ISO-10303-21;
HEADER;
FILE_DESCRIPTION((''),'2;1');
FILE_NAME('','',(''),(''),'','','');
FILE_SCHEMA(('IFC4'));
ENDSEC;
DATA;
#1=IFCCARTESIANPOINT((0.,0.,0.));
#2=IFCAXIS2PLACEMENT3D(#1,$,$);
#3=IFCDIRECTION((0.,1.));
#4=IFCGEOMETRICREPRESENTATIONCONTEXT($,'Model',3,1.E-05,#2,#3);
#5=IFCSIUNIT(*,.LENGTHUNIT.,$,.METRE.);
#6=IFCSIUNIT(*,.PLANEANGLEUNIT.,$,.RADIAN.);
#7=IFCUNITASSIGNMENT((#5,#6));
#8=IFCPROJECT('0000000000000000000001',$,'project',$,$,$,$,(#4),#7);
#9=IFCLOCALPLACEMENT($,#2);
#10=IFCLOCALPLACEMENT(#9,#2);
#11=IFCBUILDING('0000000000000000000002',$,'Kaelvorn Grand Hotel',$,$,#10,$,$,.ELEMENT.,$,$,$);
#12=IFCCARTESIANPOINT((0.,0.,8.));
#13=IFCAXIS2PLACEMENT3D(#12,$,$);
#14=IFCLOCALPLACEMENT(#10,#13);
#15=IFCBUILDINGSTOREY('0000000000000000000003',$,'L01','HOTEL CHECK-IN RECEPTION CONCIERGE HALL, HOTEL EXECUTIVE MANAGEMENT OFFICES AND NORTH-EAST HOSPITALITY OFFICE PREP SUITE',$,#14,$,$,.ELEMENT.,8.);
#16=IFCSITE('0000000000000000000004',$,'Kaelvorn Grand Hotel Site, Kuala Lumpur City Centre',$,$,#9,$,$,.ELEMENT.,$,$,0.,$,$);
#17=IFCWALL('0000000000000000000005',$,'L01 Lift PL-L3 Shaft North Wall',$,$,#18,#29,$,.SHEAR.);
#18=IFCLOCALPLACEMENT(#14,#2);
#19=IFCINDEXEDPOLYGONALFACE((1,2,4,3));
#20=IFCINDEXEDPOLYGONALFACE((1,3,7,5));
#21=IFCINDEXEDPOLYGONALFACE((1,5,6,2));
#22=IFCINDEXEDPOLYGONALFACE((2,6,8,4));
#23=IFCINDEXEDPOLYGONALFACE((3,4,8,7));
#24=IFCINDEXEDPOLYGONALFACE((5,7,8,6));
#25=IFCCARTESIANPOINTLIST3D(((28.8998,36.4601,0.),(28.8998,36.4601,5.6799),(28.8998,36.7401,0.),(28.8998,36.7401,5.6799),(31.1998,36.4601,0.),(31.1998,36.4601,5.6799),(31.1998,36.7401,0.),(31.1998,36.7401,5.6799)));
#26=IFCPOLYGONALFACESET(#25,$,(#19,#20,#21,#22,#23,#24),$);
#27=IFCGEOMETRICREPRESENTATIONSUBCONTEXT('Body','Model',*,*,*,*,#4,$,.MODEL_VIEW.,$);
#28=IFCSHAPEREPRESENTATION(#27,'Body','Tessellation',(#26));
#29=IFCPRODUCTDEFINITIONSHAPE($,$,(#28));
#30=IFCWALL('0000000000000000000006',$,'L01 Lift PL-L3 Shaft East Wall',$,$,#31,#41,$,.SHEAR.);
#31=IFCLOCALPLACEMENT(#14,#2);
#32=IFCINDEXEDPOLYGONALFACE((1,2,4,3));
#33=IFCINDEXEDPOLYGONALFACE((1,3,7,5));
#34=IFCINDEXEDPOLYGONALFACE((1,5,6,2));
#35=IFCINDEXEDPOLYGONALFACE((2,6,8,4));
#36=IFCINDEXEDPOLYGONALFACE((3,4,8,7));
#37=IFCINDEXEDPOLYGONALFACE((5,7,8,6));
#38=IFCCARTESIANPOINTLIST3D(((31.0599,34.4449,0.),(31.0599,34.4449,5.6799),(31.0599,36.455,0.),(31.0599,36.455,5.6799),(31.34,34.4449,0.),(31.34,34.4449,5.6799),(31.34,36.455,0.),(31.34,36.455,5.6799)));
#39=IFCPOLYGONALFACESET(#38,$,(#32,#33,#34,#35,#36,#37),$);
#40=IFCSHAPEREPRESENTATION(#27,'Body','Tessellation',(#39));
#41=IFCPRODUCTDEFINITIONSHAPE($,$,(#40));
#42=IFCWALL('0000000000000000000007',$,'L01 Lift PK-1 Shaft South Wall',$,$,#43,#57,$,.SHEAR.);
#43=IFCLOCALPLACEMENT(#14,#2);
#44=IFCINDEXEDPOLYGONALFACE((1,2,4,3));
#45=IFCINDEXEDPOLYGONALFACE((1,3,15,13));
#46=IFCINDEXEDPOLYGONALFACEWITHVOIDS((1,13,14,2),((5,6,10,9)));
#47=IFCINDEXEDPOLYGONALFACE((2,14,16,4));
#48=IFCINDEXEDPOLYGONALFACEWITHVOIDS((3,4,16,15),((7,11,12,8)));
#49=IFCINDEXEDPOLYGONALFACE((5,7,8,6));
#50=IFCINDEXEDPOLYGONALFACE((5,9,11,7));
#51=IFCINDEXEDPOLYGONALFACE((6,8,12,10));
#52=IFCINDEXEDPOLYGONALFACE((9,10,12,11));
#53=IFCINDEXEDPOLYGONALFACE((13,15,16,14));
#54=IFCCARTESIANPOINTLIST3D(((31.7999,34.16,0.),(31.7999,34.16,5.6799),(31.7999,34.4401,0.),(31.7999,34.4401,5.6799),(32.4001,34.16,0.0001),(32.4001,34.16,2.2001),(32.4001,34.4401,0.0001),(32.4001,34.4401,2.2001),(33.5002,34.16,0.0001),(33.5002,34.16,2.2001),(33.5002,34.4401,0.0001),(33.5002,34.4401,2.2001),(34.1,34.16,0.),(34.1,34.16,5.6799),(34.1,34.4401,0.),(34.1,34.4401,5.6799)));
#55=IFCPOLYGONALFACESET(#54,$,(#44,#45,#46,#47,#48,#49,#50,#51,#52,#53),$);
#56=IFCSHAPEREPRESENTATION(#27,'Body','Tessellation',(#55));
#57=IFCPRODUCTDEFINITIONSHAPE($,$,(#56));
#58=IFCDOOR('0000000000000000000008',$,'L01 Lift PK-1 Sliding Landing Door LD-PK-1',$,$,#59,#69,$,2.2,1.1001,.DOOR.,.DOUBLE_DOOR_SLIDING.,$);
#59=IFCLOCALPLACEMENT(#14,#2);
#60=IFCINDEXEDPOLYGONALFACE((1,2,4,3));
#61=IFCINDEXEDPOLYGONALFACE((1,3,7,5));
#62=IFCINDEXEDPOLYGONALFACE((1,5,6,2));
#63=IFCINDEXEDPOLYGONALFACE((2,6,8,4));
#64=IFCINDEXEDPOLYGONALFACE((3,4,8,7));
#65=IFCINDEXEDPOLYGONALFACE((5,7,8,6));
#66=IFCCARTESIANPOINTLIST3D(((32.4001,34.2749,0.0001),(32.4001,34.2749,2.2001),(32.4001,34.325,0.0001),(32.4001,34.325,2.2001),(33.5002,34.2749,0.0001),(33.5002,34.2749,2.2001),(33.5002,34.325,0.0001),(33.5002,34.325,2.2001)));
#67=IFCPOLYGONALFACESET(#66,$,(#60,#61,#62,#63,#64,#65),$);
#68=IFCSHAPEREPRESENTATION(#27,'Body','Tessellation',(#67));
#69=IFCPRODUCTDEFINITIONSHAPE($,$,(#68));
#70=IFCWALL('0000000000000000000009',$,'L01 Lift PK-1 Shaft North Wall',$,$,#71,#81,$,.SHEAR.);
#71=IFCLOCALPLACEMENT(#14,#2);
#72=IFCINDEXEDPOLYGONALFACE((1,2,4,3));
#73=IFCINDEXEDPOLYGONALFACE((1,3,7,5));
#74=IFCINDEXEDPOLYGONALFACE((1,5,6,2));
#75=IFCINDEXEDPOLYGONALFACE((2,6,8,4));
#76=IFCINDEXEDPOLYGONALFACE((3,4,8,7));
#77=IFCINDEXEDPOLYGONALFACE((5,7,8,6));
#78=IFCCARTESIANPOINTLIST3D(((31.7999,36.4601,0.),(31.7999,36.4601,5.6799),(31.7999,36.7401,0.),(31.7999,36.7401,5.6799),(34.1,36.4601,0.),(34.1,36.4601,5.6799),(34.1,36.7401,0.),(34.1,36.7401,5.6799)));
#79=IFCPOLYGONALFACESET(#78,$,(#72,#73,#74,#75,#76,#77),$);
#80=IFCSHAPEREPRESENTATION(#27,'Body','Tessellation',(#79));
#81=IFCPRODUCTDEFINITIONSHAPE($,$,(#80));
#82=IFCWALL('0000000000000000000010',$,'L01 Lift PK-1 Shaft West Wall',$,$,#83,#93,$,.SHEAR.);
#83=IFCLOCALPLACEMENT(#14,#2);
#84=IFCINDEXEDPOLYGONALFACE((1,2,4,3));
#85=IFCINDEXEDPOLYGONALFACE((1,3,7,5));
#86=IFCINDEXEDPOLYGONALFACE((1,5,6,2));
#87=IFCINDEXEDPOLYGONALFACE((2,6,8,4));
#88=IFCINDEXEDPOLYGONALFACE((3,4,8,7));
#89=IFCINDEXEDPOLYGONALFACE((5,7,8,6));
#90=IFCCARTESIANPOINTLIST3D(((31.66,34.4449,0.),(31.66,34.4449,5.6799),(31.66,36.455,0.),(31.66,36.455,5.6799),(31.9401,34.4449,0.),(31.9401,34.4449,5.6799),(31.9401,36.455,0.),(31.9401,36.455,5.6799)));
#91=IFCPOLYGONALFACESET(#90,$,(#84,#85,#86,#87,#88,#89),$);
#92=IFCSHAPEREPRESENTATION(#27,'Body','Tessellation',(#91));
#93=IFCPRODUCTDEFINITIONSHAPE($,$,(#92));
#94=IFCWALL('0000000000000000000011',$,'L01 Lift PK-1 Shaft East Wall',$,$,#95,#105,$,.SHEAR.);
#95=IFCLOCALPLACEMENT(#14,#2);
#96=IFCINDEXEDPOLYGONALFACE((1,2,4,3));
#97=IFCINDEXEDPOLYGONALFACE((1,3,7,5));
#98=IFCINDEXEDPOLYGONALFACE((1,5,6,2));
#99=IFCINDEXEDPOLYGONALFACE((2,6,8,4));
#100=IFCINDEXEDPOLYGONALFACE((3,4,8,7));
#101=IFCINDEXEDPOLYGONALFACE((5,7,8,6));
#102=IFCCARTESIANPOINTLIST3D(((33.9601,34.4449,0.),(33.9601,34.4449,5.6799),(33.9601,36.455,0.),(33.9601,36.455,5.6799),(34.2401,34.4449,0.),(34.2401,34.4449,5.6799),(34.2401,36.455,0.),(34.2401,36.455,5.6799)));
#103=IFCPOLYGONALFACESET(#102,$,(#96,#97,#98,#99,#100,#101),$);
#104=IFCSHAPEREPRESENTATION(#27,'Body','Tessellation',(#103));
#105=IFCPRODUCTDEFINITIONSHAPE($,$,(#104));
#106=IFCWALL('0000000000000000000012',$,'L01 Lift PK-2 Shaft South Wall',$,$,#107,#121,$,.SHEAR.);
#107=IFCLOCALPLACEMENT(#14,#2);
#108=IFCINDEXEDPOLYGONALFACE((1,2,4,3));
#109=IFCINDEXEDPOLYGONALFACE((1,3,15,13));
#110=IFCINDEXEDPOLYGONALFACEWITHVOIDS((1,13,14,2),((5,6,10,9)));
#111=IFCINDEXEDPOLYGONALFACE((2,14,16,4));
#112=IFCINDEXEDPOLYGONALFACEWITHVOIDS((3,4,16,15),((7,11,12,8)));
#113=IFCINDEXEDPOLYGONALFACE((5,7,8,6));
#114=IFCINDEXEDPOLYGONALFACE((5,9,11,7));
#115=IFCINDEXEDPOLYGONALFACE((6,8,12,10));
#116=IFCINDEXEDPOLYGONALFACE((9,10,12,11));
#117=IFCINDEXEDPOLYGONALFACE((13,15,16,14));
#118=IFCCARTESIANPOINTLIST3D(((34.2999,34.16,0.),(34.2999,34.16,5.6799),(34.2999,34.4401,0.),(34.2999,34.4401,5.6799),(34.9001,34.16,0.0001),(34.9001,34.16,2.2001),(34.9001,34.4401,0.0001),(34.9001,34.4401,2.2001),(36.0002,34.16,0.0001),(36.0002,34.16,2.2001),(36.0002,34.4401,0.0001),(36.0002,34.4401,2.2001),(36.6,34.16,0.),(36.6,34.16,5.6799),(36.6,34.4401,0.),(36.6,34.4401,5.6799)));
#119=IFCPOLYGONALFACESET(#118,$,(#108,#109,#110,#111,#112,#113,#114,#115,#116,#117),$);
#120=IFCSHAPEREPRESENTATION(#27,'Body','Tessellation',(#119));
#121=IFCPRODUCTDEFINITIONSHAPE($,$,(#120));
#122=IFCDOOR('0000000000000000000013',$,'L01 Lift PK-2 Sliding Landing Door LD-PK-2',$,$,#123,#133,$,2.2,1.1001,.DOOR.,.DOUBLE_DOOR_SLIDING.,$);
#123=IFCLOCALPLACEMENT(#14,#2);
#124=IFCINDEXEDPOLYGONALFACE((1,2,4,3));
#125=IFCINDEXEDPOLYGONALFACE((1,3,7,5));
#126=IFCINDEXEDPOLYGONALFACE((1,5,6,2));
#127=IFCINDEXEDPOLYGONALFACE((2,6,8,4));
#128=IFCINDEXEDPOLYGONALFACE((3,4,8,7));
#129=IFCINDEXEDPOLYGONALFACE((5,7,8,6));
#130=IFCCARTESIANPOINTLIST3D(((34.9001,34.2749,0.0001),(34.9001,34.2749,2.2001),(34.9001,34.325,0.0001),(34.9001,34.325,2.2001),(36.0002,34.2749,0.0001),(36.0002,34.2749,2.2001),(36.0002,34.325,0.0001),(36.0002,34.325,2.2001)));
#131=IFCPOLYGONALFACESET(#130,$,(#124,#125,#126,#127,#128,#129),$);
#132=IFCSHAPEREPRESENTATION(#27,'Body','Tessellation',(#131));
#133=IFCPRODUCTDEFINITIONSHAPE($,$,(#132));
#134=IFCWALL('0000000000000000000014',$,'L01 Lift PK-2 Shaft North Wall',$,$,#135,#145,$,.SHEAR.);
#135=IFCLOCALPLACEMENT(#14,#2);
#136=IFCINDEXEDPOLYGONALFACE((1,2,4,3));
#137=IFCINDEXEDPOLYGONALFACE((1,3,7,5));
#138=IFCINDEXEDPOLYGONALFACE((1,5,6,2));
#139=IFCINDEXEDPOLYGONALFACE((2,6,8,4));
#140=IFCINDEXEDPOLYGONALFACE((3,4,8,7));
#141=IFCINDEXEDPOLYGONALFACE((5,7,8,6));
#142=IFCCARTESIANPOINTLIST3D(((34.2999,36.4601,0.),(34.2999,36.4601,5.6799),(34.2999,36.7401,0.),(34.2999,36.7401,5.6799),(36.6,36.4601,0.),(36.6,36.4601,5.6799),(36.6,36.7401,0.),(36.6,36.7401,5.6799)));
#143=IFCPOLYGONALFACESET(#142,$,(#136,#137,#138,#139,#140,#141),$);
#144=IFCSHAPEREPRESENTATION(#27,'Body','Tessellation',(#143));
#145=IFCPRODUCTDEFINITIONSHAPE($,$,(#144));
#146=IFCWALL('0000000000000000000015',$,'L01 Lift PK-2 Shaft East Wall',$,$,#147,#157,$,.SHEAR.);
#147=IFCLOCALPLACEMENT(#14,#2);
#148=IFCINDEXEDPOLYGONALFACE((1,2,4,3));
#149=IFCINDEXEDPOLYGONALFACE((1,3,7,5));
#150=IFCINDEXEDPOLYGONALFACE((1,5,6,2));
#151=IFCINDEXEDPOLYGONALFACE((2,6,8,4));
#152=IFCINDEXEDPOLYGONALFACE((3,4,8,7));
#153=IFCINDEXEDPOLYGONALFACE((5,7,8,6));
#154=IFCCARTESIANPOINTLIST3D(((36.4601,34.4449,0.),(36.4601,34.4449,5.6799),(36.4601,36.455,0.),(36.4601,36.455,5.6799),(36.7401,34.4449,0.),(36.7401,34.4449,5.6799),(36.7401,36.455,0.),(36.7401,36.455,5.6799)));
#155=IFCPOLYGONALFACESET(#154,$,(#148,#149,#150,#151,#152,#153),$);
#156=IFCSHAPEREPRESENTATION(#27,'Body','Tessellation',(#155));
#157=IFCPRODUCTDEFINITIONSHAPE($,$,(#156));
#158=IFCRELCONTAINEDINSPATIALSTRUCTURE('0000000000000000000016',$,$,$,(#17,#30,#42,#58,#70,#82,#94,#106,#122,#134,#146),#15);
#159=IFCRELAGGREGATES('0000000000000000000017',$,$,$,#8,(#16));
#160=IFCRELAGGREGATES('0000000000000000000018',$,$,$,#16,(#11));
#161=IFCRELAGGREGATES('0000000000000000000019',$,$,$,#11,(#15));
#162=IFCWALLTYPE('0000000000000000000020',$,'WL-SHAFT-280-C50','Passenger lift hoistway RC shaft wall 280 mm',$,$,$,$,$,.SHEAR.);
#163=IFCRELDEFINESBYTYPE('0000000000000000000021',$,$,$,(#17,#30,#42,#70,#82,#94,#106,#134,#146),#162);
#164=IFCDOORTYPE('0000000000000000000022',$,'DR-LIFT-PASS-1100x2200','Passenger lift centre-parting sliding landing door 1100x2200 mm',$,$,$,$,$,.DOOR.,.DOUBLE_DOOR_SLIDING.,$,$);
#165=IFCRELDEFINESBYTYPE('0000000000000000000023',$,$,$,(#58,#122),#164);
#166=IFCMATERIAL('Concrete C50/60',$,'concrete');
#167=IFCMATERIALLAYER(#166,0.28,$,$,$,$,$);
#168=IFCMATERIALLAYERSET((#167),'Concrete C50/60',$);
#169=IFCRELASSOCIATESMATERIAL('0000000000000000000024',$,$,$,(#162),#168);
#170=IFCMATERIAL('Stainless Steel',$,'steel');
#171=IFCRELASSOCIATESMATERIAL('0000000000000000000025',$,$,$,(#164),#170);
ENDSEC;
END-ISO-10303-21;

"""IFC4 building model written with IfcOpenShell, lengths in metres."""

from ifc_helpers import new_model, si_unit, direction, frame, frame_2d, origin, place, context, subcontext, project, spatial, rectangle, extrude, material, layer, layer_set, type_object, element, fill, save


model = new_model("IFC4")

# Units and contexts
model_context = context("Model", 3, precision=1e-05, world=origin(), true_north=direction((0.0, 1.0)))
body_context = subcontext(model_context, "Body", "Model", "MODEL_VIEW")
ifc_project = project(units=[si_unit("LENGTHUNIT", "METRE"), si_unit("PLANEANGLEUNIT", "RADIAN")], contexts=[model_context])

# Site, building, storey
site_placement = place(None, origin())
site = spatial("IfcSite", under=ifc_project, at=site_placement, Name="Kaelvorn Grand Hotel Site, Kuala Lumpur City Centre", CompositionType="ELEMENT", RefElevation=0.0)
building_placement = place(site_placement, origin())
building = spatial("IfcBuilding", under=site, at=building_placement, Name="Kaelvorn Grand Hotel", CompositionType="ELEMENT")
storey_placement = place(building_placement, frame((0.0, 0.0, 8.0)))
storey = spatial("IfcBuildingStorey", under=building, at=storey_placement, Name="L01", Description="HOTEL CHECK-IN RECEPTION CONCIERGE HALL, HOTEL EXECUTIVE MANAGEMENT OFFICES AND NORTH-EAST HOSPITALITY OFFICE PREP SUITE", CompositionType="ELEMENT", Elevation=8.0)

# Shared definitions
ifc_material_1 = material(Name="Concrete C50/60", Category="concrete")
ifc_layer_1 = layer(ifc_material_1, 0.28)
ifc_layer_set_1 = layer_set([ifc_layer_1], Name="Concrete C50/60")
wall_type_1 = type_object("IfcWallType", Name="WL-SHAFT-280-C50", Description="Passenger lift hoistway RC shaft wall 280 mm", PredefinedType="SHEAR", material=ifc_layer_set_1)
ifc_material_2 = material(Name="Stainless Steel", Category="steel")
door_type = type_object("IfcDoorType", Name="DR-LIFT-PASS-1100x2200", Description="Passenger lift centre-parting sliding landing door 1100x2200 mm", OperationType="DOUBLE_DOOR_SLIDING", PredefinedType="DOOR", material=ifc_material_2)

# Walls
wall_1_placement = place(storey_placement, frame((28.8999, 36.6001, 0.0), z_axis=(0.0, 0.0, 1.0), x_axis=(1.0, 0.0, 0.0)))
element("IfcWall", 1, at=wall_1_placement, inside=storey, type_object=wall_type_1, Name="L01 Lift PL-L3 Shaft North Wall", PredefinedType="SHEAR", context=body_context, shape_type="SweptSolid", body=[
    extrude(rectangle(XDim=2.3, YDim=0.28, at=frame_2d((1.1499, 0.0))), origin(), (0.0, 0.0, 1.0), 5.6799),
])
wall_2_placement = place(storey_placement, frame((31.2, 34.4451, 0.0), z_axis=(0.0, 0.0, 1.0), x_axis=(0.0, 1.0, 0.0)))
element("IfcWall", 2, at=wall_2_placement, inside=storey, type_object=wall_type_1, Name="L01 Lift PL-L3 Shaft East Wall", PredefinedType="SHEAR", context=body_context, shape_type="SweptSolid", body=[
    extrude(rectangle(XDim=2.01, YDim=0.28, at=frame_2d((1.0049, 0.0))), origin(), (0.0, 0.0, 1.0), 5.6799),
])

# Wall, opening, door
wall_3_placement = place(storey_placement, frame((31.8, 34.3, 0.0), z_axis=(0.0, 0.0, 1.0), x_axis=(1.0, 0.0, 0.0)))
wall_3 = element("IfcWall", 3, at=wall_3_placement, inside=storey, type_object=wall_type_1, Name="L01 Lift PK-1 Shaft South Wall", PredefinedType="SHEAR", context=body_context, shape_type="SweptSolid", body=[
    extrude(rectangle(XDim=2.3, YDim=0.28, at=frame_2d((1.1499, 0.0))), origin(), (0.0, 0.0, 1.0), 5.6799),
])
opening_1_placement = place(wall_3_placement, frame((0.6001, 0.0, 0.0)))
opening_1 = element("IfcOpeningElement", 4, at=opening_1_placement, cuts=wall_3, PredefinedType="OPENING", context=body_context, shape_type="SweptSolid", body=[
    extrude(rectangle(XDim=1.1001, YDim=2.2, at=frame_2d((0.55, 1.1001))), frame((0.0, 0.1499, 0.0), z_axis=(0.0, -1.0, 0.0), x_axis=(1.0, 0.0, 0.0)), (0.0, 0.0, 1.0), 0.3),
])
door_1_placement = place(opening_1_placement, origin())
door_1 = element("IfcDoor", 5, at=door_1_placement, inside=storey, type_object=door_type, Name="L01 Lift PK-1 Sliding Landing Door LD-PK-1", OperationType="DOUBLE_DOOR_SLIDING", OverallHeight=2.2, OverallWidth=1.1001, PredefinedType="DOOR", context=body_context, shape_type="SweptSolid", body=[
    extrude(rectangle(XDim=1.1001, YDim=2.2, at=frame_2d((0.55, 1.1001))), frame((0.0, 0.0249, 0.0), z_axis=(0.0, -1.0, 0.0), x_axis=(1.0, 0.0, 0.0)), (0.0, 0.0, 1.0), 0.05),
])
fill(opening_1, door_1)

# Walls
wall_4_placement = place(storey_placement, frame((31.8, 36.6001, 0.0), z_axis=(0.0, 0.0, 1.0), x_axis=(1.0, 0.0, 0.0)))
element("IfcWall", 6, at=wall_4_placement, inside=storey, type_object=wall_type_1, Name="L01 Lift PK-1 Shaft North Wall", PredefinedType="SHEAR", context=body_context, shape_type="SweptSolid", body=[
    extrude(rectangle(XDim=2.3, YDim=0.28, at=frame_2d((1.1499, 0.0))), origin(), (0.0, 0.0, 1.0), 5.6799),
])
for number, where, z_axis, x_axis, name in (
    (7, (31.8, 34.4451, 0.0), (0.0, 0.0, 1.0), (0.0, 1.0, 0.0), "L01 Lift PK-1 Shaft West Wall"),
    (8, (34.1001, 34.4451, 0.0), (0.0, 0.0, 1.0), (0.0, 1.0, 0.0), "L01 Lift PK-1 Shaft East Wall"),
):
    element("IfcWall", number, at=place(storey_placement, frame(where, z_axis=z_axis, x_axis=x_axis)), inside=storey, type_object=wall_type_1, Name=name, PredefinedType="SHEAR", context=body_context, shape_type="SweptSolid", body=[
        extrude(rectangle(XDim=2.01, YDim=0.28, at=frame_2d((1.0049, 0.0))), origin(), (0.0, 0.0, 1.0), 5.6799),
    ])

# Wall, opening, door
wall_5_placement = place(storey_placement, frame((34.3, 34.3, 0.0), z_axis=(0.0, 0.0, 1.0), x_axis=(1.0, 0.0, 0.0)))
wall_5 = element("IfcWall", 9, at=wall_5_placement, inside=storey, type_object=wall_type_1, Name="L01 Lift PK-2 Shaft South Wall", PredefinedType="SHEAR", context=body_context, shape_type="SweptSolid", body=[
    extrude(rectangle(XDim=2.3, YDim=0.28, at=frame_2d((1.1499, 0.0))), origin(), (0.0, 0.0, 1.0), 5.6799),
])
opening_2_placement = place(wall_5_placement, frame((0.6001, 0.0, 0.0)))
opening_2 = element("IfcOpeningElement", 10, at=opening_2_placement, cuts=wall_5, PredefinedType="OPENING", context=body_context, shape_type="SweptSolid", body=[
    extrude(rectangle(XDim=1.1001, YDim=2.2, at=frame_2d((0.55, 1.1001))), frame((0.0, 0.1499, 0.0), z_axis=(0.0, -1.0, 0.0), x_axis=(1.0, 0.0, 0.0)), (0.0, 0.0, 1.0), 0.3),
])
door_2_placement = place(opening_2_placement, origin())
door_2 = element("IfcDoor", 11, at=door_2_placement, inside=storey, type_object=door_type, Name="L01 Lift PK-2 Sliding Landing Door LD-PK-2", OperationType="DOUBLE_DOOR_SLIDING", OverallHeight=2.2, OverallWidth=1.1001, PredefinedType="DOOR", context=body_context, shape_type="SweptSolid", body=[
    extrude(rectangle(XDim=1.1001, YDim=2.2, at=frame_2d((0.55, 1.1001))), frame((0.0, 0.0249, 0.0), z_axis=(0.0, -1.0, 0.0), x_axis=(1.0, 0.0, 0.0)), (0.0, 0.0, 1.0), 0.05),
])
fill(opening_2, door_2)

# Walls
wall_6_placement = place(storey_placement, frame((34.3, 36.6001, 0.0), z_axis=(0.0, 0.0, 1.0), x_axis=(1.0, 0.0, 0.0)))
element("IfcWall", 12, at=wall_6_placement, inside=storey, type_object=wall_type_1, Name="L01 Lift PK-2 Shaft North Wall", PredefinedType="SHEAR", context=body_context, shape_type="SweptSolid", body=[
    extrude(rectangle(XDim=2.3, YDim=0.28, at=frame_2d((1.1499, 0.0))), origin(), (0.0, 0.0, 1.0), 5.6799),
])
wall_7_placement = place(storey_placement, frame((36.6001, 34.4451, 0.0), z_axis=(0.0, 0.0, 1.0), x_axis=(0.0, 1.0, 0.0)))
element("IfcWall", 13, at=wall_7_placement, inside=storey, type_object=wall_type_1, Name="L01 Lift PK-2 Shaft East Wall", PredefinedType="SHEAR", context=body_context, shape_type="SweptSolid", body=[
    extrude(rectangle(XDim=2.01, YDim=0.28, at=frame_2d((1.0049, 0.0))), origin(), (0.0, 0.0, 1.0), 5.6799),
])

save(model, "model.ifc")
